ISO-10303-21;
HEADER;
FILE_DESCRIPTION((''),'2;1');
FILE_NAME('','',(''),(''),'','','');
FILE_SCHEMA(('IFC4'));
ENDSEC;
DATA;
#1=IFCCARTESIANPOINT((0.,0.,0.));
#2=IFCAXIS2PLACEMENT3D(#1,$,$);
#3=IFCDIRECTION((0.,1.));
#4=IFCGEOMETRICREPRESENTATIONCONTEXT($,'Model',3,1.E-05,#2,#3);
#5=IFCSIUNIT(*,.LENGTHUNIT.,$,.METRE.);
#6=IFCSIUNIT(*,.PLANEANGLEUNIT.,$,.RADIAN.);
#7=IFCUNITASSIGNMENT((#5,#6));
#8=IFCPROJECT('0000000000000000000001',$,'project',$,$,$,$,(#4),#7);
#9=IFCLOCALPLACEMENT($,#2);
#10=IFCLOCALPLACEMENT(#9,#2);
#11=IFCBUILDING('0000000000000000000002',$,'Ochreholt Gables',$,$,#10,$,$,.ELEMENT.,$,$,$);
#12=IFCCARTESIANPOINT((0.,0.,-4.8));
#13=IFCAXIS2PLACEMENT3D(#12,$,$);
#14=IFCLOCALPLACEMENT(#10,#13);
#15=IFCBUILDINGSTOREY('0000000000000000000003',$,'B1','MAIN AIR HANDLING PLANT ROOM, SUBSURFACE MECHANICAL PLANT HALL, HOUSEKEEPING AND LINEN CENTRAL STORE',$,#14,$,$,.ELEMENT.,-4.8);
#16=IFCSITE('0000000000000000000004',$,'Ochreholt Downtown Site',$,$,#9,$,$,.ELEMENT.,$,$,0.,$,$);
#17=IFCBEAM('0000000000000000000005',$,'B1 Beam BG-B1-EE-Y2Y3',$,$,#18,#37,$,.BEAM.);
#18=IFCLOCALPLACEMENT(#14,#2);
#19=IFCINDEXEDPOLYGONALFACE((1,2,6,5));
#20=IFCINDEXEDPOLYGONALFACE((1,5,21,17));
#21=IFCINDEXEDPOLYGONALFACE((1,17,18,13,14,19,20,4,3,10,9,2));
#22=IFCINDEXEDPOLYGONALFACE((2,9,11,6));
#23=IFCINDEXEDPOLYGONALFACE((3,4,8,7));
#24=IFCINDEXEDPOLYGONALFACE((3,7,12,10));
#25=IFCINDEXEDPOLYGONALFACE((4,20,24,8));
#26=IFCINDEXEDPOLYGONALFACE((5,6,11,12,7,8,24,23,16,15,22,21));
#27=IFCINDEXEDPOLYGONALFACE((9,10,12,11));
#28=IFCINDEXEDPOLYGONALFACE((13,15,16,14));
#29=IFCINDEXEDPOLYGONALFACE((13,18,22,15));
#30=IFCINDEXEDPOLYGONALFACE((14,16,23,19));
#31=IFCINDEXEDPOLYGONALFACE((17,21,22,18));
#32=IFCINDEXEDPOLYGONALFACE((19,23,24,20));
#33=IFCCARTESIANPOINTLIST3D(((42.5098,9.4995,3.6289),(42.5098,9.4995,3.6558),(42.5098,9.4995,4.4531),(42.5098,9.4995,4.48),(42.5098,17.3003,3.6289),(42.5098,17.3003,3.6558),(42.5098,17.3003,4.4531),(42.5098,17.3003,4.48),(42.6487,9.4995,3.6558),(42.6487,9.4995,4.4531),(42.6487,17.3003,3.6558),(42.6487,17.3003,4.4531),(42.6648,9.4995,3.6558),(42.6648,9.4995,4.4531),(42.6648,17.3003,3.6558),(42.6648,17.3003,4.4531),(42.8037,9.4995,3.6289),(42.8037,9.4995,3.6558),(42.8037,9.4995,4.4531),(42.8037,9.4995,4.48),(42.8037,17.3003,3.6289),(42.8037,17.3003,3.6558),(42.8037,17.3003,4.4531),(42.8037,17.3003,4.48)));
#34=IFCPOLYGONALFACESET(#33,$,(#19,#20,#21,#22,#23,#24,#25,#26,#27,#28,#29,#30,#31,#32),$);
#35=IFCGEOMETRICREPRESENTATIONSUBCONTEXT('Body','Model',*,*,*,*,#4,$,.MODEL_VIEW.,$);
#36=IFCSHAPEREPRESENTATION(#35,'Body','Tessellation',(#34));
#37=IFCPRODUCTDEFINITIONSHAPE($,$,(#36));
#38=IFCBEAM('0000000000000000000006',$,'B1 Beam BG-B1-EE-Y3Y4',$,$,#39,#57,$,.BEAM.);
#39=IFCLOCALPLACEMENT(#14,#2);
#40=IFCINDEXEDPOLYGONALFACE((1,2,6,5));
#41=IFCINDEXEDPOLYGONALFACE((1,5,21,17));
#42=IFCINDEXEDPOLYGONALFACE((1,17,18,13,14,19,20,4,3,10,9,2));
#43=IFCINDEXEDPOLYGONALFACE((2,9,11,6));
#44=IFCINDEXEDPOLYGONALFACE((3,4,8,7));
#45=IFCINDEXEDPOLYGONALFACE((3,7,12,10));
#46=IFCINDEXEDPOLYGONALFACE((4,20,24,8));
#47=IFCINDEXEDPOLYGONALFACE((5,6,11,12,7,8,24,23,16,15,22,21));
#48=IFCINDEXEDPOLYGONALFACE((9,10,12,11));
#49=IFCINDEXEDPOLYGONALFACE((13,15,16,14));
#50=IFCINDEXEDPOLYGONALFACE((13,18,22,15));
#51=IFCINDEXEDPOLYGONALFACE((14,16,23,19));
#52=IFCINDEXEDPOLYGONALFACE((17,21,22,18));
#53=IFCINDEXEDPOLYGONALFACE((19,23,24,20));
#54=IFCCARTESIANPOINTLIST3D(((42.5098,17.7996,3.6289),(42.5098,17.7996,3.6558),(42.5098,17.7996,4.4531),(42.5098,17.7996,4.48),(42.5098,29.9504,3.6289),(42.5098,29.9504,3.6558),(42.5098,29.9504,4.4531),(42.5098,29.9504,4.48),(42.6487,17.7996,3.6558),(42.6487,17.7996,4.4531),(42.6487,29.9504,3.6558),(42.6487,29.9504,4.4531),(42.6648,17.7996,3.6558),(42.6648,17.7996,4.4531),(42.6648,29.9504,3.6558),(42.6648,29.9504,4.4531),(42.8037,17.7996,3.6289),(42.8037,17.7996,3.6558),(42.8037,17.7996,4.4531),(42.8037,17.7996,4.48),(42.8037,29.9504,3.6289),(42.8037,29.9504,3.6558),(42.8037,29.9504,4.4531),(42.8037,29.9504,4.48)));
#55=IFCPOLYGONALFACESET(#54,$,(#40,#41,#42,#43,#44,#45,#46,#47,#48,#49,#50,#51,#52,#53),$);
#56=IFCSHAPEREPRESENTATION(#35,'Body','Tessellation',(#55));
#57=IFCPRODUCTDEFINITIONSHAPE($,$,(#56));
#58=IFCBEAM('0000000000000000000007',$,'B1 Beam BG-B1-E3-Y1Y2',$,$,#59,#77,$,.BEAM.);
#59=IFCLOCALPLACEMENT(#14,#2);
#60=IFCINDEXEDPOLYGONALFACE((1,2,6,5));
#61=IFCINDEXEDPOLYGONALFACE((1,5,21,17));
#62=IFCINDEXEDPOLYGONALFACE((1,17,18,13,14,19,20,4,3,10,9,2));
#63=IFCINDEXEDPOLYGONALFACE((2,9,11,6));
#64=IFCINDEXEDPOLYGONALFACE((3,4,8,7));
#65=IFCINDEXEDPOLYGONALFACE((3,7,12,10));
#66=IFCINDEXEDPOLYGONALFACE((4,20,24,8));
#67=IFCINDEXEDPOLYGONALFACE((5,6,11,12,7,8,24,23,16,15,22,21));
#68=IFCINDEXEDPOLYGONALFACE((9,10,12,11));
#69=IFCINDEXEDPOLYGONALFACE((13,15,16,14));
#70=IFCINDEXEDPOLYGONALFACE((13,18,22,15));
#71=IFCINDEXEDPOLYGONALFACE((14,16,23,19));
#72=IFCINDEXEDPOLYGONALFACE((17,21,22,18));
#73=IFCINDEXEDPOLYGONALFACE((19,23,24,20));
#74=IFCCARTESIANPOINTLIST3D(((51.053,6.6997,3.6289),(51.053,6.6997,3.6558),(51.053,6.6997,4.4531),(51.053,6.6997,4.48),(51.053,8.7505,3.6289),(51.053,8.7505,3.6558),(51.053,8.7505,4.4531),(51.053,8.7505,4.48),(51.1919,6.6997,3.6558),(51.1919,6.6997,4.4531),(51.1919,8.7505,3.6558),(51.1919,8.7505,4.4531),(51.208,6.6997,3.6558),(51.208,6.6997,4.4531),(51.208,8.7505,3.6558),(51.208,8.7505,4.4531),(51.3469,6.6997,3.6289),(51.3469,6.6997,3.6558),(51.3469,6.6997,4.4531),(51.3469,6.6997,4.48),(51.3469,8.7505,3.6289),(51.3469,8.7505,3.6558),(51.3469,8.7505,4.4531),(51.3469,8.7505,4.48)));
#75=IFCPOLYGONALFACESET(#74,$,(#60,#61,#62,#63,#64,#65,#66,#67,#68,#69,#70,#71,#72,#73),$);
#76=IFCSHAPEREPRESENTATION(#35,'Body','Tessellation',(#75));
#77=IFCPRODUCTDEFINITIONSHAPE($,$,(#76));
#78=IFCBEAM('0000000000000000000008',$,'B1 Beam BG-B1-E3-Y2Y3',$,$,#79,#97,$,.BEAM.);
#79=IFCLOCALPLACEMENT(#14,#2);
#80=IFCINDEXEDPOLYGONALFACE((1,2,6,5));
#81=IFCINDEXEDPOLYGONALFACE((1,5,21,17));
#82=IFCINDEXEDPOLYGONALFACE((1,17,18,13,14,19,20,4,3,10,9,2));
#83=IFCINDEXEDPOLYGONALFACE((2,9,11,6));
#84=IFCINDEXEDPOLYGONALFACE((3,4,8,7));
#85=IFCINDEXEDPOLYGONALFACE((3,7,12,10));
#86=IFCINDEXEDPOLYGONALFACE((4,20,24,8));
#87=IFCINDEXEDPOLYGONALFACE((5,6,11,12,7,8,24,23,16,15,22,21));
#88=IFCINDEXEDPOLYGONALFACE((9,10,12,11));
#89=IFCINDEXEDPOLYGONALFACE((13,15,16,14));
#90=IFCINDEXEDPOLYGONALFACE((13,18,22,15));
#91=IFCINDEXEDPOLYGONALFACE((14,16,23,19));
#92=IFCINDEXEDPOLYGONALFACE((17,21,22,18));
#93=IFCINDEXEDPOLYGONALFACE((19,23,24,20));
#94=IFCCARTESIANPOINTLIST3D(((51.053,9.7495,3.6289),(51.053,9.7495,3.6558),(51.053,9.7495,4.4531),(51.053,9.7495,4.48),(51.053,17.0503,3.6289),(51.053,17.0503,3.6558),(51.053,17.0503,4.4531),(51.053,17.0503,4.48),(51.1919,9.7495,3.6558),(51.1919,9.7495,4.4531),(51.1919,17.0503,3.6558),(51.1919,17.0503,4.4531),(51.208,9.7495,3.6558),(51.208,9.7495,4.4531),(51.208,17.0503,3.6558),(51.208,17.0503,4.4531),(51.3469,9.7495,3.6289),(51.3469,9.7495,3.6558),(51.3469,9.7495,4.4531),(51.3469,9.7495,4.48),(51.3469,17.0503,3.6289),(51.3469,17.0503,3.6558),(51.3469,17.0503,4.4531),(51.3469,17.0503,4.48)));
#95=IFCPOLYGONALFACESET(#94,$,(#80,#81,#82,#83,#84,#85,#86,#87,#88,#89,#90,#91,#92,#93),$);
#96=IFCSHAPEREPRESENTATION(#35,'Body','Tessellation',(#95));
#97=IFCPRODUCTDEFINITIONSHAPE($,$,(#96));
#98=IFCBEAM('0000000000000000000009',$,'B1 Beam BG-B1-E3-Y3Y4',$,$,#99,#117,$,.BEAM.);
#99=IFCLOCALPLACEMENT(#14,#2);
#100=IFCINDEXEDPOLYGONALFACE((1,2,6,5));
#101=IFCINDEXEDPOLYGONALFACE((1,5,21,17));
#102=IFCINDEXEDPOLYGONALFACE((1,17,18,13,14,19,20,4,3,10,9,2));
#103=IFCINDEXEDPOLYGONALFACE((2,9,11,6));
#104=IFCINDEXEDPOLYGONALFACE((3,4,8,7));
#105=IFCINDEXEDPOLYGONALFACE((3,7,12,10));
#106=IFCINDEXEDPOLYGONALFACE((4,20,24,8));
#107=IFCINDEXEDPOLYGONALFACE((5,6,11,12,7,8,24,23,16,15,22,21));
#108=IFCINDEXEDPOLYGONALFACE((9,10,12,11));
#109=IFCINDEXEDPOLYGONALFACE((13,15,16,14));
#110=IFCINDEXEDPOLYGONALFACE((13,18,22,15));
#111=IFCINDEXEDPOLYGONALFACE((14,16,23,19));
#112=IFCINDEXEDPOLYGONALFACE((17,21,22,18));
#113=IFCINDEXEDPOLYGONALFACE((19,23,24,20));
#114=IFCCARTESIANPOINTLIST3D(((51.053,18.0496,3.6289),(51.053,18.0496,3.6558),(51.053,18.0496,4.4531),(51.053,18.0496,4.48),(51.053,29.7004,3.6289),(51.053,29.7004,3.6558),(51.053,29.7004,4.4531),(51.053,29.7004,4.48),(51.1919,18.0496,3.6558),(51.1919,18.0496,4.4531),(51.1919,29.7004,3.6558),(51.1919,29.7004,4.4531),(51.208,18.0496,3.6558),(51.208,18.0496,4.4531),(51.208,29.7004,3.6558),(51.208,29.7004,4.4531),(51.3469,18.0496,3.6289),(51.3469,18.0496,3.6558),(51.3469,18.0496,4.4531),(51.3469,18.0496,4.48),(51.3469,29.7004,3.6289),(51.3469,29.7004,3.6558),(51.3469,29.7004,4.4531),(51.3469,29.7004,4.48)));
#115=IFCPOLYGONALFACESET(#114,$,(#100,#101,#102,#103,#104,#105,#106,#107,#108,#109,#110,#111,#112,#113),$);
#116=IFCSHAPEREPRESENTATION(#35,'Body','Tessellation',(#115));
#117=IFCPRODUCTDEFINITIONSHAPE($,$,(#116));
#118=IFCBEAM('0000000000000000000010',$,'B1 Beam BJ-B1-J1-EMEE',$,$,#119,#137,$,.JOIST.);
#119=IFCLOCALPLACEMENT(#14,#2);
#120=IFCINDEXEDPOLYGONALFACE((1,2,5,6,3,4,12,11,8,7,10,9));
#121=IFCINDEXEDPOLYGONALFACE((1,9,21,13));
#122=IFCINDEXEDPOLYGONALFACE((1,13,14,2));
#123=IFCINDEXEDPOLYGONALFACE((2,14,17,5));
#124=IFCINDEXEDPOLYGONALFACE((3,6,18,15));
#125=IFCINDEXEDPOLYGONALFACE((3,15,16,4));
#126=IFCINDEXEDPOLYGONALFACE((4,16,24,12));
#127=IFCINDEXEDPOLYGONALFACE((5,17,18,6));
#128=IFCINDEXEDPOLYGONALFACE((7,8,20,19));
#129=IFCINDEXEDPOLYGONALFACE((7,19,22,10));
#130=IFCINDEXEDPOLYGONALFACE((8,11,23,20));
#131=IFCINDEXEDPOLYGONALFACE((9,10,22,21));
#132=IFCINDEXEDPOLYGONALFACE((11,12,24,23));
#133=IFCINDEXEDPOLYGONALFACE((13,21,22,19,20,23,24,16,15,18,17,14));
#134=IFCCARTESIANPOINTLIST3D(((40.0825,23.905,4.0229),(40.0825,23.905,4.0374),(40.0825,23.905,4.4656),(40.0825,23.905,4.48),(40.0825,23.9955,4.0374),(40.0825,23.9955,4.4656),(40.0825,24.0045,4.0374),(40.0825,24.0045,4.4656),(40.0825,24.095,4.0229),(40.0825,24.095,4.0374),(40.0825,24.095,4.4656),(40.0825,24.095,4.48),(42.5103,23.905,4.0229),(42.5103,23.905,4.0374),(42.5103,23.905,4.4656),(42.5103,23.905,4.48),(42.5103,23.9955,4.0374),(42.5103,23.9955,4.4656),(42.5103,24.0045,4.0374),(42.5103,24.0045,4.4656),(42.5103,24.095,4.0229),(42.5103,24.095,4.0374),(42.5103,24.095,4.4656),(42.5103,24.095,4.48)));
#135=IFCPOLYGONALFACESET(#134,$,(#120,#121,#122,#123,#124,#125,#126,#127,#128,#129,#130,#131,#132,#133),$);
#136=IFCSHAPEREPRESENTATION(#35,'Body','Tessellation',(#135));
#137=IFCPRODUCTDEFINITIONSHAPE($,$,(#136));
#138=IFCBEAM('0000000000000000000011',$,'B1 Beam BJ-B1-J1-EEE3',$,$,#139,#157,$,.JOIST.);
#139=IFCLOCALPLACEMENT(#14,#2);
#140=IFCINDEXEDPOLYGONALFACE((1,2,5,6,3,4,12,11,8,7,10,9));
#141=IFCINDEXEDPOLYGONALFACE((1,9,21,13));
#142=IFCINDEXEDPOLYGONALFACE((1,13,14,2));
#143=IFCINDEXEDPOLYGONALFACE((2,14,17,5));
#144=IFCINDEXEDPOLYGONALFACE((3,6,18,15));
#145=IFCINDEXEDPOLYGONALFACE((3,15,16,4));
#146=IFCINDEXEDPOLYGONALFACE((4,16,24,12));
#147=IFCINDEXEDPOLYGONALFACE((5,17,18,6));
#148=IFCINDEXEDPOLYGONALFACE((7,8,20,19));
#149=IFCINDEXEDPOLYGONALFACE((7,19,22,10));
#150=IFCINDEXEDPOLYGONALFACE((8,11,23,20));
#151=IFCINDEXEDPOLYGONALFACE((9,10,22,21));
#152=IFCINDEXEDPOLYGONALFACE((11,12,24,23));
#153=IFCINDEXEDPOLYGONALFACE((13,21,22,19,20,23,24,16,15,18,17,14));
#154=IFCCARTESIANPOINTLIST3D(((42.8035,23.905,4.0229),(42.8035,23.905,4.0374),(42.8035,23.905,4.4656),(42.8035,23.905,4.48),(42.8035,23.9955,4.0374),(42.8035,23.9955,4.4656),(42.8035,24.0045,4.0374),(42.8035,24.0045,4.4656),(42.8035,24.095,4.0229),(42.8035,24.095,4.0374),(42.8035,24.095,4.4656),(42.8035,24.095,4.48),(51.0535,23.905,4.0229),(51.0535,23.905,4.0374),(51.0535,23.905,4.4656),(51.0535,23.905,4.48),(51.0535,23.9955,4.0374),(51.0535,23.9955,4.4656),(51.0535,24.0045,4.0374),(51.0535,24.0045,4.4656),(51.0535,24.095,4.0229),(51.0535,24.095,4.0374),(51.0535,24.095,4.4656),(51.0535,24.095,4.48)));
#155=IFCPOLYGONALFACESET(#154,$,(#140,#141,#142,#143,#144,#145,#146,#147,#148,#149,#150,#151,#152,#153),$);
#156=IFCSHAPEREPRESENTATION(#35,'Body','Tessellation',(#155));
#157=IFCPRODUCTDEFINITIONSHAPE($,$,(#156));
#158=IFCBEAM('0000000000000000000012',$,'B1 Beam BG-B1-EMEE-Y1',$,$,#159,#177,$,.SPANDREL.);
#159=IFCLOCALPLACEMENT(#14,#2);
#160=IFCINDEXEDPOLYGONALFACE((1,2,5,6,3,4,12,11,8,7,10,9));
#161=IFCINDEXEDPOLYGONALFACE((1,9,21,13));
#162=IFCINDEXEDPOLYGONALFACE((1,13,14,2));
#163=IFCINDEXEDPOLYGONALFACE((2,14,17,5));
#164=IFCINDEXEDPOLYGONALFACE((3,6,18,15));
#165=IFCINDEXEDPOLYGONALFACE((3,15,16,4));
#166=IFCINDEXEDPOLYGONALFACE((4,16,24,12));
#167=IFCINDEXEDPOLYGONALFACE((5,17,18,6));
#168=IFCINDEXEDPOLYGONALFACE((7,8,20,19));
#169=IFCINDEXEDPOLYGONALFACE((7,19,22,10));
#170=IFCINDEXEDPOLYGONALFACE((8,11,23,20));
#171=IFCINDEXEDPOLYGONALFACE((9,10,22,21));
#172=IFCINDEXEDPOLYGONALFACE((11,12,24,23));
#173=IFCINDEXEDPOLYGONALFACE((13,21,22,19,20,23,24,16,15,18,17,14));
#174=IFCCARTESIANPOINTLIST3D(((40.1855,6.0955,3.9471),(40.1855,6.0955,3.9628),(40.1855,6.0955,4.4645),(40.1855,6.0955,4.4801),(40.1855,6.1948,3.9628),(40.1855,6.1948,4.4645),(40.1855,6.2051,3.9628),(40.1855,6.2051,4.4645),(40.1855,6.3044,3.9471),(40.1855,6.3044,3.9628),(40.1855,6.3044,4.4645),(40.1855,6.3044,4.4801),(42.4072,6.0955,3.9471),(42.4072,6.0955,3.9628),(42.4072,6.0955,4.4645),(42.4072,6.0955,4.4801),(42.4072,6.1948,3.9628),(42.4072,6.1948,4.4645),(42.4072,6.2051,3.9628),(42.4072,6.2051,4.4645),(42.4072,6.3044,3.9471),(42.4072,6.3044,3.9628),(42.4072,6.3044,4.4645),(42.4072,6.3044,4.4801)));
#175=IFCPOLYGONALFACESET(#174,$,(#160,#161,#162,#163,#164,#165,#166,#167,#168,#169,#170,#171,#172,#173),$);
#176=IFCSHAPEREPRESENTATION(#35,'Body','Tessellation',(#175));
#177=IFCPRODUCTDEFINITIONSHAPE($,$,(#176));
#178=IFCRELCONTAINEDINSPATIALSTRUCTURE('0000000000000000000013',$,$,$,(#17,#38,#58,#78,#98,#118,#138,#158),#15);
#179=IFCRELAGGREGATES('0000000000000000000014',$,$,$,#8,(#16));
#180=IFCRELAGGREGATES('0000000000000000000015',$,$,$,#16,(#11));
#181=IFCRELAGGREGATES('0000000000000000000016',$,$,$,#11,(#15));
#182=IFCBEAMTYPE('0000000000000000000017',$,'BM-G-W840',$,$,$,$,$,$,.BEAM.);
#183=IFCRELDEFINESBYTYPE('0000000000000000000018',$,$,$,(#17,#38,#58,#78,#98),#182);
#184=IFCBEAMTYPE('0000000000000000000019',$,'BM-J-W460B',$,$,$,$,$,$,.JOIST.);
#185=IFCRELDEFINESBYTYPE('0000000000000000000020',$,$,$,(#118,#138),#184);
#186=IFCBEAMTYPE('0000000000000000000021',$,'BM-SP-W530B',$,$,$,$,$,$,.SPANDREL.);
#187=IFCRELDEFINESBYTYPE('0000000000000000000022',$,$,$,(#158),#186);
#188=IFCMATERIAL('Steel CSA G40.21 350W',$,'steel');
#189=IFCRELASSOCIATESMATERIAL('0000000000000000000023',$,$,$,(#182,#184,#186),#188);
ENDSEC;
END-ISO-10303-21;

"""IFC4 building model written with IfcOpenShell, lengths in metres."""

from ifc_helpers import new_model, si_unit, direction, frame, origin, origin_2d, place, context, subcontext, project, spatial, i_section, extrude, material, material_profile, profile_set, type_object, element, save


model = new_model("IFC4")

# Units and contexts
model_context = context("Model", 3, precision=1e-05, world=origin(), true_north=direction((0.0, 1.0)))
body_context = subcontext(model_context, "Body", "Model", "MODEL_VIEW")
ifc_project = project(units=[si_unit("LENGTHUNIT", "METRE"), si_unit("PLANEANGLEUNIT", "RADIAN")], contexts=[model_context])

# Site, building, storey
site_placement = place(None, origin())
site = spatial("IfcSite", under=ifc_project, at=site_placement, Name="Ochreholt Downtown Site", CompositionType="ELEMENT", RefElevation=0.0)
building_placement = place(site_placement, origin())
building = spatial("IfcBuilding", under=site, at=building_placement, Name="Ochreholt Gables", CompositionType="ELEMENT")
storey_placement = place(building_placement, frame((0.0, 0.0, -4.8)))
storey = spatial("IfcBuildingStorey", under=building, at=storey_placement, Name="B1", Description="MAIN AIR HANDLING PLANT ROOM, SUBSURFACE MECHANICAL PLANT HALL, HOUSEKEEPING AND LINEN CENTRAL STORE", CompositionType="ELEMENT", Elevation=-4.8)

# Shared definitions
ifc_material_1 = material(Name="Steel CSA G40.21 350W", Category="steel")

# Beams
ifc_material_profile_1 = material_profile(ifc_material_1, i_section(OverallWidth=0.2939, OverallDepth=0.8511, WebThickness=0.0161, FlangeThickness=0.0269, at=origin_2d()), Name="W840X226")
ifc_profile_set_1 = profile_set([ifc_material_profile_1], Name="Steel CSA G40.21 350W")
beam_type_1 = type_object("IfcBeamType", Name="BM-G-W840", PredefinedType="BEAM", material=ifc_profile_set_1)
beam_1_placement = place(storey_placement, frame((42.6567, 9.4995, 4.0544), z_axis=(0.0, 1.0, 0.0), x_axis=(-1.0, 0.0, 0.0)))
element("IfcBeam", 1, at=beam_1_placement, inside=storey, type_object=beam_type_1, Name="B1 Beam BG-B1-EE-Y2Y3", PredefinedType="BEAM", context=body_context, shape_type="SweptSolid", body=[
    extrude(i_section(OverallWidth=0.2939, OverallDepth=0.8511, WebThickness=0.0161, FlangeThickness=0.0269, at=origin_2d()), origin(), (0.0, 0.0, 1.0), 7.8008),
])
beam_2_placement = place(storey_placement, frame((42.6567, 17.7996, 4.0544), z_axis=(0.0, 1.0, 0.0), x_axis=(-1.0, 0.0, 0.0)))
element("IfcBeam", 2, at=beam_2_placement, inside=storey, type_object=beam_type_1, Name="B1 Beam BG-B1-EE-Y3Y4", PredefinedType="BEAM", context=body_context, shape_type="SweptSolid", body=[
    extrude(i_section(OverallWidth=0.2939, OverallDepth=0.8511, WebThickness=0.0161, FlangeThickness=0.0269, at=origin_2d()), origin(), (0.0, 0.0, 1.0), 12.1509),
])
beam_3_placement = place(storey_placement, frame((51.2, 6.6997, 4.0544), z_axis=(0.0, 1.0, 0.0), x_axis=(-1.0, 0.0, 0.0)))
element("IfcBeam", 3, at=beam_3_placement, inside=storey, type_object=beam_type_1, Name="B1 Beam BG-B1-E3-Y1Y2", PredefinedType="BEAM", context=body_context, shape_type="SweptSolid", body=[
    extrude(i_section(OverallWidth=0.2939, OverallDepth=0.8511, WebThickness=0.0161, FlangeThickness=0.0269, at=origin_2d()), origin(), (0.0, 0.0, 1.0), 2.0508),
])
beam_4_placement = place(storey_placement, frame((51.2, 9.7495, 4.0544), z_axis=(0.0, 1.0, 0.0), x_axis=(-1.0, 0.0, 0.0)))
element("IfcBeam", 4, at=beam_4_placement, inside=storey, type_object=beam_type_1, Name="B1 Beam BG-B1-E3-Y2Y3", PredefinedType="BEAM", context=body_context, shape_type="SweptSolid", body=[
    extrude(i_section(OverallWidth=0.2939, OverallDepth=0.8511, WebThickness=0.0161, FlangeThickness=0.0269, at=origin_2d()), origin(), (0.0, 0.0, 1.0), 7.3008),
])
beam_5_placement = place(storey_placement, frame((51.2, 18.0496, 4.0544), z_axis=(0.0, 1.0, 0.0), x_axis=(-1.0, 0.0, 0.0)))
element("IfcBeam", 5, at=beam_5_placement, inside=storey, type_object=beam_type_1, Name="B1 Beam BG-B1-E3-Y3Y4", PredefinedType="BEAM", context=body_context, shape_type="SweptSolid", body=[
    extrude(i_section(OverallWidth=0.2939, OverallDepth=0.8511, WebThickness=0.0161, FlangeThickness=0.0269, at=origin_2d()), origin(), (0.0, 0.0, 1.0), 11.6509),
])
ifc_material_profile_2 = material_profile(ifc_material_1, i_section(OverallWidth=0.1899, OverallDepth=0.457, WebThickness=0.009, FlangeThickness=0.0144, at=origin_2d()), Name="W460X74")
ifc_profile_set_2 = profile_set([ifc_material_profile_2], Name="Steel CSA G40.21 350W")
beam_type_2 = type_object("IfcBeamType", Name="BM-J-W460B", PredefinedType="JOIST", material=ifc_profile_set_2)
beam_6_placement = place(storey_placement, frame((40.0825, 24.0, 4.2515), z_axis=(1.0, 0.0, 0.0), x_axis=(0.0, 1.0, 0.0)))
element("IfcBeam", 6, at=beam_6_placement, inside=storey, type_object=beam_type_2, Name="B1 Beam BJ-B1-J1-EMEE", PredefinedType="JOIST", context=body_context, shape_type="SweptSolid", body=[
    extrude(i_section(OverallWidth=0.1899, OverallDepth=0.457, WebThickness=0.009, FlangeThickness=0.0144, at=origin_2d()), origin(), (0.0, 0.0, 1.0), 2.4277),
])
beam_7_placement = place(storey_placement, frame((42.8035, 24.0, 4.2515), z_axis=(1.0, 0.0, 0.0), x_axis=(0.0, 1.0, 0.0)))
element("IfcBeam", 7, at=beam_7_placement, inside=storey, type_object=beam_type_2, Name="B1 Beam BJ-B1-J1-EEE3", PredefinedType="JOIST", context=body_context, shape_type="SweptSolid", body=[
    extrude(i_section(OverallWidth=0.1899, OverallDepth=0.457, WebThickness=0.009, FlangeThickness=0.0144, at=origin_2d()), origin(), (0.0, 0.0, 1.0), 8.25),
])
ifc_material_profile_3 = material_profile(ifc_material_1, i_section(OverallWidth=0.209, OverallDepth=0.533, WebThickness=0.0103, FlangeThickness=0.0156, at=origin_2d()), Name="W530X92")
ifc_profile_set_3 = profile_set([ifc_material_profile_3], Name="Steel CSA G40.21 350W")
beam_type_3 = type_object("IfcBeamType", Name="BM-SP-W530B", PredefinedType="SPANDREL", material=ifc_profile_set_3)
beam_8_placement = place(storey_placement, frame((40.1855, 6.2, 4.2136), z_axis=(1.0, 0.0, 0.0), x_axis=(0.0, 1.0, 0.0)))
element("IfcBeam", 8, at=beam_8_placement, inside=storey, type_object=beam_type_3, Name="B1 Beam BG-B1-EMEE-Y1", PredefinedType="SPANDREL", context=body_context, shape_type="SweptSolid", body=[
    extrude(i_section(OverallWidth=0.209, OverallDepth=0.533, WebThickness=0.0103, FlangeThickness=0.0156, at=origin_2d()), origin(), (0.0, 0.0, 1.0), 2.2217),
])

save(model, "model.ifc")
